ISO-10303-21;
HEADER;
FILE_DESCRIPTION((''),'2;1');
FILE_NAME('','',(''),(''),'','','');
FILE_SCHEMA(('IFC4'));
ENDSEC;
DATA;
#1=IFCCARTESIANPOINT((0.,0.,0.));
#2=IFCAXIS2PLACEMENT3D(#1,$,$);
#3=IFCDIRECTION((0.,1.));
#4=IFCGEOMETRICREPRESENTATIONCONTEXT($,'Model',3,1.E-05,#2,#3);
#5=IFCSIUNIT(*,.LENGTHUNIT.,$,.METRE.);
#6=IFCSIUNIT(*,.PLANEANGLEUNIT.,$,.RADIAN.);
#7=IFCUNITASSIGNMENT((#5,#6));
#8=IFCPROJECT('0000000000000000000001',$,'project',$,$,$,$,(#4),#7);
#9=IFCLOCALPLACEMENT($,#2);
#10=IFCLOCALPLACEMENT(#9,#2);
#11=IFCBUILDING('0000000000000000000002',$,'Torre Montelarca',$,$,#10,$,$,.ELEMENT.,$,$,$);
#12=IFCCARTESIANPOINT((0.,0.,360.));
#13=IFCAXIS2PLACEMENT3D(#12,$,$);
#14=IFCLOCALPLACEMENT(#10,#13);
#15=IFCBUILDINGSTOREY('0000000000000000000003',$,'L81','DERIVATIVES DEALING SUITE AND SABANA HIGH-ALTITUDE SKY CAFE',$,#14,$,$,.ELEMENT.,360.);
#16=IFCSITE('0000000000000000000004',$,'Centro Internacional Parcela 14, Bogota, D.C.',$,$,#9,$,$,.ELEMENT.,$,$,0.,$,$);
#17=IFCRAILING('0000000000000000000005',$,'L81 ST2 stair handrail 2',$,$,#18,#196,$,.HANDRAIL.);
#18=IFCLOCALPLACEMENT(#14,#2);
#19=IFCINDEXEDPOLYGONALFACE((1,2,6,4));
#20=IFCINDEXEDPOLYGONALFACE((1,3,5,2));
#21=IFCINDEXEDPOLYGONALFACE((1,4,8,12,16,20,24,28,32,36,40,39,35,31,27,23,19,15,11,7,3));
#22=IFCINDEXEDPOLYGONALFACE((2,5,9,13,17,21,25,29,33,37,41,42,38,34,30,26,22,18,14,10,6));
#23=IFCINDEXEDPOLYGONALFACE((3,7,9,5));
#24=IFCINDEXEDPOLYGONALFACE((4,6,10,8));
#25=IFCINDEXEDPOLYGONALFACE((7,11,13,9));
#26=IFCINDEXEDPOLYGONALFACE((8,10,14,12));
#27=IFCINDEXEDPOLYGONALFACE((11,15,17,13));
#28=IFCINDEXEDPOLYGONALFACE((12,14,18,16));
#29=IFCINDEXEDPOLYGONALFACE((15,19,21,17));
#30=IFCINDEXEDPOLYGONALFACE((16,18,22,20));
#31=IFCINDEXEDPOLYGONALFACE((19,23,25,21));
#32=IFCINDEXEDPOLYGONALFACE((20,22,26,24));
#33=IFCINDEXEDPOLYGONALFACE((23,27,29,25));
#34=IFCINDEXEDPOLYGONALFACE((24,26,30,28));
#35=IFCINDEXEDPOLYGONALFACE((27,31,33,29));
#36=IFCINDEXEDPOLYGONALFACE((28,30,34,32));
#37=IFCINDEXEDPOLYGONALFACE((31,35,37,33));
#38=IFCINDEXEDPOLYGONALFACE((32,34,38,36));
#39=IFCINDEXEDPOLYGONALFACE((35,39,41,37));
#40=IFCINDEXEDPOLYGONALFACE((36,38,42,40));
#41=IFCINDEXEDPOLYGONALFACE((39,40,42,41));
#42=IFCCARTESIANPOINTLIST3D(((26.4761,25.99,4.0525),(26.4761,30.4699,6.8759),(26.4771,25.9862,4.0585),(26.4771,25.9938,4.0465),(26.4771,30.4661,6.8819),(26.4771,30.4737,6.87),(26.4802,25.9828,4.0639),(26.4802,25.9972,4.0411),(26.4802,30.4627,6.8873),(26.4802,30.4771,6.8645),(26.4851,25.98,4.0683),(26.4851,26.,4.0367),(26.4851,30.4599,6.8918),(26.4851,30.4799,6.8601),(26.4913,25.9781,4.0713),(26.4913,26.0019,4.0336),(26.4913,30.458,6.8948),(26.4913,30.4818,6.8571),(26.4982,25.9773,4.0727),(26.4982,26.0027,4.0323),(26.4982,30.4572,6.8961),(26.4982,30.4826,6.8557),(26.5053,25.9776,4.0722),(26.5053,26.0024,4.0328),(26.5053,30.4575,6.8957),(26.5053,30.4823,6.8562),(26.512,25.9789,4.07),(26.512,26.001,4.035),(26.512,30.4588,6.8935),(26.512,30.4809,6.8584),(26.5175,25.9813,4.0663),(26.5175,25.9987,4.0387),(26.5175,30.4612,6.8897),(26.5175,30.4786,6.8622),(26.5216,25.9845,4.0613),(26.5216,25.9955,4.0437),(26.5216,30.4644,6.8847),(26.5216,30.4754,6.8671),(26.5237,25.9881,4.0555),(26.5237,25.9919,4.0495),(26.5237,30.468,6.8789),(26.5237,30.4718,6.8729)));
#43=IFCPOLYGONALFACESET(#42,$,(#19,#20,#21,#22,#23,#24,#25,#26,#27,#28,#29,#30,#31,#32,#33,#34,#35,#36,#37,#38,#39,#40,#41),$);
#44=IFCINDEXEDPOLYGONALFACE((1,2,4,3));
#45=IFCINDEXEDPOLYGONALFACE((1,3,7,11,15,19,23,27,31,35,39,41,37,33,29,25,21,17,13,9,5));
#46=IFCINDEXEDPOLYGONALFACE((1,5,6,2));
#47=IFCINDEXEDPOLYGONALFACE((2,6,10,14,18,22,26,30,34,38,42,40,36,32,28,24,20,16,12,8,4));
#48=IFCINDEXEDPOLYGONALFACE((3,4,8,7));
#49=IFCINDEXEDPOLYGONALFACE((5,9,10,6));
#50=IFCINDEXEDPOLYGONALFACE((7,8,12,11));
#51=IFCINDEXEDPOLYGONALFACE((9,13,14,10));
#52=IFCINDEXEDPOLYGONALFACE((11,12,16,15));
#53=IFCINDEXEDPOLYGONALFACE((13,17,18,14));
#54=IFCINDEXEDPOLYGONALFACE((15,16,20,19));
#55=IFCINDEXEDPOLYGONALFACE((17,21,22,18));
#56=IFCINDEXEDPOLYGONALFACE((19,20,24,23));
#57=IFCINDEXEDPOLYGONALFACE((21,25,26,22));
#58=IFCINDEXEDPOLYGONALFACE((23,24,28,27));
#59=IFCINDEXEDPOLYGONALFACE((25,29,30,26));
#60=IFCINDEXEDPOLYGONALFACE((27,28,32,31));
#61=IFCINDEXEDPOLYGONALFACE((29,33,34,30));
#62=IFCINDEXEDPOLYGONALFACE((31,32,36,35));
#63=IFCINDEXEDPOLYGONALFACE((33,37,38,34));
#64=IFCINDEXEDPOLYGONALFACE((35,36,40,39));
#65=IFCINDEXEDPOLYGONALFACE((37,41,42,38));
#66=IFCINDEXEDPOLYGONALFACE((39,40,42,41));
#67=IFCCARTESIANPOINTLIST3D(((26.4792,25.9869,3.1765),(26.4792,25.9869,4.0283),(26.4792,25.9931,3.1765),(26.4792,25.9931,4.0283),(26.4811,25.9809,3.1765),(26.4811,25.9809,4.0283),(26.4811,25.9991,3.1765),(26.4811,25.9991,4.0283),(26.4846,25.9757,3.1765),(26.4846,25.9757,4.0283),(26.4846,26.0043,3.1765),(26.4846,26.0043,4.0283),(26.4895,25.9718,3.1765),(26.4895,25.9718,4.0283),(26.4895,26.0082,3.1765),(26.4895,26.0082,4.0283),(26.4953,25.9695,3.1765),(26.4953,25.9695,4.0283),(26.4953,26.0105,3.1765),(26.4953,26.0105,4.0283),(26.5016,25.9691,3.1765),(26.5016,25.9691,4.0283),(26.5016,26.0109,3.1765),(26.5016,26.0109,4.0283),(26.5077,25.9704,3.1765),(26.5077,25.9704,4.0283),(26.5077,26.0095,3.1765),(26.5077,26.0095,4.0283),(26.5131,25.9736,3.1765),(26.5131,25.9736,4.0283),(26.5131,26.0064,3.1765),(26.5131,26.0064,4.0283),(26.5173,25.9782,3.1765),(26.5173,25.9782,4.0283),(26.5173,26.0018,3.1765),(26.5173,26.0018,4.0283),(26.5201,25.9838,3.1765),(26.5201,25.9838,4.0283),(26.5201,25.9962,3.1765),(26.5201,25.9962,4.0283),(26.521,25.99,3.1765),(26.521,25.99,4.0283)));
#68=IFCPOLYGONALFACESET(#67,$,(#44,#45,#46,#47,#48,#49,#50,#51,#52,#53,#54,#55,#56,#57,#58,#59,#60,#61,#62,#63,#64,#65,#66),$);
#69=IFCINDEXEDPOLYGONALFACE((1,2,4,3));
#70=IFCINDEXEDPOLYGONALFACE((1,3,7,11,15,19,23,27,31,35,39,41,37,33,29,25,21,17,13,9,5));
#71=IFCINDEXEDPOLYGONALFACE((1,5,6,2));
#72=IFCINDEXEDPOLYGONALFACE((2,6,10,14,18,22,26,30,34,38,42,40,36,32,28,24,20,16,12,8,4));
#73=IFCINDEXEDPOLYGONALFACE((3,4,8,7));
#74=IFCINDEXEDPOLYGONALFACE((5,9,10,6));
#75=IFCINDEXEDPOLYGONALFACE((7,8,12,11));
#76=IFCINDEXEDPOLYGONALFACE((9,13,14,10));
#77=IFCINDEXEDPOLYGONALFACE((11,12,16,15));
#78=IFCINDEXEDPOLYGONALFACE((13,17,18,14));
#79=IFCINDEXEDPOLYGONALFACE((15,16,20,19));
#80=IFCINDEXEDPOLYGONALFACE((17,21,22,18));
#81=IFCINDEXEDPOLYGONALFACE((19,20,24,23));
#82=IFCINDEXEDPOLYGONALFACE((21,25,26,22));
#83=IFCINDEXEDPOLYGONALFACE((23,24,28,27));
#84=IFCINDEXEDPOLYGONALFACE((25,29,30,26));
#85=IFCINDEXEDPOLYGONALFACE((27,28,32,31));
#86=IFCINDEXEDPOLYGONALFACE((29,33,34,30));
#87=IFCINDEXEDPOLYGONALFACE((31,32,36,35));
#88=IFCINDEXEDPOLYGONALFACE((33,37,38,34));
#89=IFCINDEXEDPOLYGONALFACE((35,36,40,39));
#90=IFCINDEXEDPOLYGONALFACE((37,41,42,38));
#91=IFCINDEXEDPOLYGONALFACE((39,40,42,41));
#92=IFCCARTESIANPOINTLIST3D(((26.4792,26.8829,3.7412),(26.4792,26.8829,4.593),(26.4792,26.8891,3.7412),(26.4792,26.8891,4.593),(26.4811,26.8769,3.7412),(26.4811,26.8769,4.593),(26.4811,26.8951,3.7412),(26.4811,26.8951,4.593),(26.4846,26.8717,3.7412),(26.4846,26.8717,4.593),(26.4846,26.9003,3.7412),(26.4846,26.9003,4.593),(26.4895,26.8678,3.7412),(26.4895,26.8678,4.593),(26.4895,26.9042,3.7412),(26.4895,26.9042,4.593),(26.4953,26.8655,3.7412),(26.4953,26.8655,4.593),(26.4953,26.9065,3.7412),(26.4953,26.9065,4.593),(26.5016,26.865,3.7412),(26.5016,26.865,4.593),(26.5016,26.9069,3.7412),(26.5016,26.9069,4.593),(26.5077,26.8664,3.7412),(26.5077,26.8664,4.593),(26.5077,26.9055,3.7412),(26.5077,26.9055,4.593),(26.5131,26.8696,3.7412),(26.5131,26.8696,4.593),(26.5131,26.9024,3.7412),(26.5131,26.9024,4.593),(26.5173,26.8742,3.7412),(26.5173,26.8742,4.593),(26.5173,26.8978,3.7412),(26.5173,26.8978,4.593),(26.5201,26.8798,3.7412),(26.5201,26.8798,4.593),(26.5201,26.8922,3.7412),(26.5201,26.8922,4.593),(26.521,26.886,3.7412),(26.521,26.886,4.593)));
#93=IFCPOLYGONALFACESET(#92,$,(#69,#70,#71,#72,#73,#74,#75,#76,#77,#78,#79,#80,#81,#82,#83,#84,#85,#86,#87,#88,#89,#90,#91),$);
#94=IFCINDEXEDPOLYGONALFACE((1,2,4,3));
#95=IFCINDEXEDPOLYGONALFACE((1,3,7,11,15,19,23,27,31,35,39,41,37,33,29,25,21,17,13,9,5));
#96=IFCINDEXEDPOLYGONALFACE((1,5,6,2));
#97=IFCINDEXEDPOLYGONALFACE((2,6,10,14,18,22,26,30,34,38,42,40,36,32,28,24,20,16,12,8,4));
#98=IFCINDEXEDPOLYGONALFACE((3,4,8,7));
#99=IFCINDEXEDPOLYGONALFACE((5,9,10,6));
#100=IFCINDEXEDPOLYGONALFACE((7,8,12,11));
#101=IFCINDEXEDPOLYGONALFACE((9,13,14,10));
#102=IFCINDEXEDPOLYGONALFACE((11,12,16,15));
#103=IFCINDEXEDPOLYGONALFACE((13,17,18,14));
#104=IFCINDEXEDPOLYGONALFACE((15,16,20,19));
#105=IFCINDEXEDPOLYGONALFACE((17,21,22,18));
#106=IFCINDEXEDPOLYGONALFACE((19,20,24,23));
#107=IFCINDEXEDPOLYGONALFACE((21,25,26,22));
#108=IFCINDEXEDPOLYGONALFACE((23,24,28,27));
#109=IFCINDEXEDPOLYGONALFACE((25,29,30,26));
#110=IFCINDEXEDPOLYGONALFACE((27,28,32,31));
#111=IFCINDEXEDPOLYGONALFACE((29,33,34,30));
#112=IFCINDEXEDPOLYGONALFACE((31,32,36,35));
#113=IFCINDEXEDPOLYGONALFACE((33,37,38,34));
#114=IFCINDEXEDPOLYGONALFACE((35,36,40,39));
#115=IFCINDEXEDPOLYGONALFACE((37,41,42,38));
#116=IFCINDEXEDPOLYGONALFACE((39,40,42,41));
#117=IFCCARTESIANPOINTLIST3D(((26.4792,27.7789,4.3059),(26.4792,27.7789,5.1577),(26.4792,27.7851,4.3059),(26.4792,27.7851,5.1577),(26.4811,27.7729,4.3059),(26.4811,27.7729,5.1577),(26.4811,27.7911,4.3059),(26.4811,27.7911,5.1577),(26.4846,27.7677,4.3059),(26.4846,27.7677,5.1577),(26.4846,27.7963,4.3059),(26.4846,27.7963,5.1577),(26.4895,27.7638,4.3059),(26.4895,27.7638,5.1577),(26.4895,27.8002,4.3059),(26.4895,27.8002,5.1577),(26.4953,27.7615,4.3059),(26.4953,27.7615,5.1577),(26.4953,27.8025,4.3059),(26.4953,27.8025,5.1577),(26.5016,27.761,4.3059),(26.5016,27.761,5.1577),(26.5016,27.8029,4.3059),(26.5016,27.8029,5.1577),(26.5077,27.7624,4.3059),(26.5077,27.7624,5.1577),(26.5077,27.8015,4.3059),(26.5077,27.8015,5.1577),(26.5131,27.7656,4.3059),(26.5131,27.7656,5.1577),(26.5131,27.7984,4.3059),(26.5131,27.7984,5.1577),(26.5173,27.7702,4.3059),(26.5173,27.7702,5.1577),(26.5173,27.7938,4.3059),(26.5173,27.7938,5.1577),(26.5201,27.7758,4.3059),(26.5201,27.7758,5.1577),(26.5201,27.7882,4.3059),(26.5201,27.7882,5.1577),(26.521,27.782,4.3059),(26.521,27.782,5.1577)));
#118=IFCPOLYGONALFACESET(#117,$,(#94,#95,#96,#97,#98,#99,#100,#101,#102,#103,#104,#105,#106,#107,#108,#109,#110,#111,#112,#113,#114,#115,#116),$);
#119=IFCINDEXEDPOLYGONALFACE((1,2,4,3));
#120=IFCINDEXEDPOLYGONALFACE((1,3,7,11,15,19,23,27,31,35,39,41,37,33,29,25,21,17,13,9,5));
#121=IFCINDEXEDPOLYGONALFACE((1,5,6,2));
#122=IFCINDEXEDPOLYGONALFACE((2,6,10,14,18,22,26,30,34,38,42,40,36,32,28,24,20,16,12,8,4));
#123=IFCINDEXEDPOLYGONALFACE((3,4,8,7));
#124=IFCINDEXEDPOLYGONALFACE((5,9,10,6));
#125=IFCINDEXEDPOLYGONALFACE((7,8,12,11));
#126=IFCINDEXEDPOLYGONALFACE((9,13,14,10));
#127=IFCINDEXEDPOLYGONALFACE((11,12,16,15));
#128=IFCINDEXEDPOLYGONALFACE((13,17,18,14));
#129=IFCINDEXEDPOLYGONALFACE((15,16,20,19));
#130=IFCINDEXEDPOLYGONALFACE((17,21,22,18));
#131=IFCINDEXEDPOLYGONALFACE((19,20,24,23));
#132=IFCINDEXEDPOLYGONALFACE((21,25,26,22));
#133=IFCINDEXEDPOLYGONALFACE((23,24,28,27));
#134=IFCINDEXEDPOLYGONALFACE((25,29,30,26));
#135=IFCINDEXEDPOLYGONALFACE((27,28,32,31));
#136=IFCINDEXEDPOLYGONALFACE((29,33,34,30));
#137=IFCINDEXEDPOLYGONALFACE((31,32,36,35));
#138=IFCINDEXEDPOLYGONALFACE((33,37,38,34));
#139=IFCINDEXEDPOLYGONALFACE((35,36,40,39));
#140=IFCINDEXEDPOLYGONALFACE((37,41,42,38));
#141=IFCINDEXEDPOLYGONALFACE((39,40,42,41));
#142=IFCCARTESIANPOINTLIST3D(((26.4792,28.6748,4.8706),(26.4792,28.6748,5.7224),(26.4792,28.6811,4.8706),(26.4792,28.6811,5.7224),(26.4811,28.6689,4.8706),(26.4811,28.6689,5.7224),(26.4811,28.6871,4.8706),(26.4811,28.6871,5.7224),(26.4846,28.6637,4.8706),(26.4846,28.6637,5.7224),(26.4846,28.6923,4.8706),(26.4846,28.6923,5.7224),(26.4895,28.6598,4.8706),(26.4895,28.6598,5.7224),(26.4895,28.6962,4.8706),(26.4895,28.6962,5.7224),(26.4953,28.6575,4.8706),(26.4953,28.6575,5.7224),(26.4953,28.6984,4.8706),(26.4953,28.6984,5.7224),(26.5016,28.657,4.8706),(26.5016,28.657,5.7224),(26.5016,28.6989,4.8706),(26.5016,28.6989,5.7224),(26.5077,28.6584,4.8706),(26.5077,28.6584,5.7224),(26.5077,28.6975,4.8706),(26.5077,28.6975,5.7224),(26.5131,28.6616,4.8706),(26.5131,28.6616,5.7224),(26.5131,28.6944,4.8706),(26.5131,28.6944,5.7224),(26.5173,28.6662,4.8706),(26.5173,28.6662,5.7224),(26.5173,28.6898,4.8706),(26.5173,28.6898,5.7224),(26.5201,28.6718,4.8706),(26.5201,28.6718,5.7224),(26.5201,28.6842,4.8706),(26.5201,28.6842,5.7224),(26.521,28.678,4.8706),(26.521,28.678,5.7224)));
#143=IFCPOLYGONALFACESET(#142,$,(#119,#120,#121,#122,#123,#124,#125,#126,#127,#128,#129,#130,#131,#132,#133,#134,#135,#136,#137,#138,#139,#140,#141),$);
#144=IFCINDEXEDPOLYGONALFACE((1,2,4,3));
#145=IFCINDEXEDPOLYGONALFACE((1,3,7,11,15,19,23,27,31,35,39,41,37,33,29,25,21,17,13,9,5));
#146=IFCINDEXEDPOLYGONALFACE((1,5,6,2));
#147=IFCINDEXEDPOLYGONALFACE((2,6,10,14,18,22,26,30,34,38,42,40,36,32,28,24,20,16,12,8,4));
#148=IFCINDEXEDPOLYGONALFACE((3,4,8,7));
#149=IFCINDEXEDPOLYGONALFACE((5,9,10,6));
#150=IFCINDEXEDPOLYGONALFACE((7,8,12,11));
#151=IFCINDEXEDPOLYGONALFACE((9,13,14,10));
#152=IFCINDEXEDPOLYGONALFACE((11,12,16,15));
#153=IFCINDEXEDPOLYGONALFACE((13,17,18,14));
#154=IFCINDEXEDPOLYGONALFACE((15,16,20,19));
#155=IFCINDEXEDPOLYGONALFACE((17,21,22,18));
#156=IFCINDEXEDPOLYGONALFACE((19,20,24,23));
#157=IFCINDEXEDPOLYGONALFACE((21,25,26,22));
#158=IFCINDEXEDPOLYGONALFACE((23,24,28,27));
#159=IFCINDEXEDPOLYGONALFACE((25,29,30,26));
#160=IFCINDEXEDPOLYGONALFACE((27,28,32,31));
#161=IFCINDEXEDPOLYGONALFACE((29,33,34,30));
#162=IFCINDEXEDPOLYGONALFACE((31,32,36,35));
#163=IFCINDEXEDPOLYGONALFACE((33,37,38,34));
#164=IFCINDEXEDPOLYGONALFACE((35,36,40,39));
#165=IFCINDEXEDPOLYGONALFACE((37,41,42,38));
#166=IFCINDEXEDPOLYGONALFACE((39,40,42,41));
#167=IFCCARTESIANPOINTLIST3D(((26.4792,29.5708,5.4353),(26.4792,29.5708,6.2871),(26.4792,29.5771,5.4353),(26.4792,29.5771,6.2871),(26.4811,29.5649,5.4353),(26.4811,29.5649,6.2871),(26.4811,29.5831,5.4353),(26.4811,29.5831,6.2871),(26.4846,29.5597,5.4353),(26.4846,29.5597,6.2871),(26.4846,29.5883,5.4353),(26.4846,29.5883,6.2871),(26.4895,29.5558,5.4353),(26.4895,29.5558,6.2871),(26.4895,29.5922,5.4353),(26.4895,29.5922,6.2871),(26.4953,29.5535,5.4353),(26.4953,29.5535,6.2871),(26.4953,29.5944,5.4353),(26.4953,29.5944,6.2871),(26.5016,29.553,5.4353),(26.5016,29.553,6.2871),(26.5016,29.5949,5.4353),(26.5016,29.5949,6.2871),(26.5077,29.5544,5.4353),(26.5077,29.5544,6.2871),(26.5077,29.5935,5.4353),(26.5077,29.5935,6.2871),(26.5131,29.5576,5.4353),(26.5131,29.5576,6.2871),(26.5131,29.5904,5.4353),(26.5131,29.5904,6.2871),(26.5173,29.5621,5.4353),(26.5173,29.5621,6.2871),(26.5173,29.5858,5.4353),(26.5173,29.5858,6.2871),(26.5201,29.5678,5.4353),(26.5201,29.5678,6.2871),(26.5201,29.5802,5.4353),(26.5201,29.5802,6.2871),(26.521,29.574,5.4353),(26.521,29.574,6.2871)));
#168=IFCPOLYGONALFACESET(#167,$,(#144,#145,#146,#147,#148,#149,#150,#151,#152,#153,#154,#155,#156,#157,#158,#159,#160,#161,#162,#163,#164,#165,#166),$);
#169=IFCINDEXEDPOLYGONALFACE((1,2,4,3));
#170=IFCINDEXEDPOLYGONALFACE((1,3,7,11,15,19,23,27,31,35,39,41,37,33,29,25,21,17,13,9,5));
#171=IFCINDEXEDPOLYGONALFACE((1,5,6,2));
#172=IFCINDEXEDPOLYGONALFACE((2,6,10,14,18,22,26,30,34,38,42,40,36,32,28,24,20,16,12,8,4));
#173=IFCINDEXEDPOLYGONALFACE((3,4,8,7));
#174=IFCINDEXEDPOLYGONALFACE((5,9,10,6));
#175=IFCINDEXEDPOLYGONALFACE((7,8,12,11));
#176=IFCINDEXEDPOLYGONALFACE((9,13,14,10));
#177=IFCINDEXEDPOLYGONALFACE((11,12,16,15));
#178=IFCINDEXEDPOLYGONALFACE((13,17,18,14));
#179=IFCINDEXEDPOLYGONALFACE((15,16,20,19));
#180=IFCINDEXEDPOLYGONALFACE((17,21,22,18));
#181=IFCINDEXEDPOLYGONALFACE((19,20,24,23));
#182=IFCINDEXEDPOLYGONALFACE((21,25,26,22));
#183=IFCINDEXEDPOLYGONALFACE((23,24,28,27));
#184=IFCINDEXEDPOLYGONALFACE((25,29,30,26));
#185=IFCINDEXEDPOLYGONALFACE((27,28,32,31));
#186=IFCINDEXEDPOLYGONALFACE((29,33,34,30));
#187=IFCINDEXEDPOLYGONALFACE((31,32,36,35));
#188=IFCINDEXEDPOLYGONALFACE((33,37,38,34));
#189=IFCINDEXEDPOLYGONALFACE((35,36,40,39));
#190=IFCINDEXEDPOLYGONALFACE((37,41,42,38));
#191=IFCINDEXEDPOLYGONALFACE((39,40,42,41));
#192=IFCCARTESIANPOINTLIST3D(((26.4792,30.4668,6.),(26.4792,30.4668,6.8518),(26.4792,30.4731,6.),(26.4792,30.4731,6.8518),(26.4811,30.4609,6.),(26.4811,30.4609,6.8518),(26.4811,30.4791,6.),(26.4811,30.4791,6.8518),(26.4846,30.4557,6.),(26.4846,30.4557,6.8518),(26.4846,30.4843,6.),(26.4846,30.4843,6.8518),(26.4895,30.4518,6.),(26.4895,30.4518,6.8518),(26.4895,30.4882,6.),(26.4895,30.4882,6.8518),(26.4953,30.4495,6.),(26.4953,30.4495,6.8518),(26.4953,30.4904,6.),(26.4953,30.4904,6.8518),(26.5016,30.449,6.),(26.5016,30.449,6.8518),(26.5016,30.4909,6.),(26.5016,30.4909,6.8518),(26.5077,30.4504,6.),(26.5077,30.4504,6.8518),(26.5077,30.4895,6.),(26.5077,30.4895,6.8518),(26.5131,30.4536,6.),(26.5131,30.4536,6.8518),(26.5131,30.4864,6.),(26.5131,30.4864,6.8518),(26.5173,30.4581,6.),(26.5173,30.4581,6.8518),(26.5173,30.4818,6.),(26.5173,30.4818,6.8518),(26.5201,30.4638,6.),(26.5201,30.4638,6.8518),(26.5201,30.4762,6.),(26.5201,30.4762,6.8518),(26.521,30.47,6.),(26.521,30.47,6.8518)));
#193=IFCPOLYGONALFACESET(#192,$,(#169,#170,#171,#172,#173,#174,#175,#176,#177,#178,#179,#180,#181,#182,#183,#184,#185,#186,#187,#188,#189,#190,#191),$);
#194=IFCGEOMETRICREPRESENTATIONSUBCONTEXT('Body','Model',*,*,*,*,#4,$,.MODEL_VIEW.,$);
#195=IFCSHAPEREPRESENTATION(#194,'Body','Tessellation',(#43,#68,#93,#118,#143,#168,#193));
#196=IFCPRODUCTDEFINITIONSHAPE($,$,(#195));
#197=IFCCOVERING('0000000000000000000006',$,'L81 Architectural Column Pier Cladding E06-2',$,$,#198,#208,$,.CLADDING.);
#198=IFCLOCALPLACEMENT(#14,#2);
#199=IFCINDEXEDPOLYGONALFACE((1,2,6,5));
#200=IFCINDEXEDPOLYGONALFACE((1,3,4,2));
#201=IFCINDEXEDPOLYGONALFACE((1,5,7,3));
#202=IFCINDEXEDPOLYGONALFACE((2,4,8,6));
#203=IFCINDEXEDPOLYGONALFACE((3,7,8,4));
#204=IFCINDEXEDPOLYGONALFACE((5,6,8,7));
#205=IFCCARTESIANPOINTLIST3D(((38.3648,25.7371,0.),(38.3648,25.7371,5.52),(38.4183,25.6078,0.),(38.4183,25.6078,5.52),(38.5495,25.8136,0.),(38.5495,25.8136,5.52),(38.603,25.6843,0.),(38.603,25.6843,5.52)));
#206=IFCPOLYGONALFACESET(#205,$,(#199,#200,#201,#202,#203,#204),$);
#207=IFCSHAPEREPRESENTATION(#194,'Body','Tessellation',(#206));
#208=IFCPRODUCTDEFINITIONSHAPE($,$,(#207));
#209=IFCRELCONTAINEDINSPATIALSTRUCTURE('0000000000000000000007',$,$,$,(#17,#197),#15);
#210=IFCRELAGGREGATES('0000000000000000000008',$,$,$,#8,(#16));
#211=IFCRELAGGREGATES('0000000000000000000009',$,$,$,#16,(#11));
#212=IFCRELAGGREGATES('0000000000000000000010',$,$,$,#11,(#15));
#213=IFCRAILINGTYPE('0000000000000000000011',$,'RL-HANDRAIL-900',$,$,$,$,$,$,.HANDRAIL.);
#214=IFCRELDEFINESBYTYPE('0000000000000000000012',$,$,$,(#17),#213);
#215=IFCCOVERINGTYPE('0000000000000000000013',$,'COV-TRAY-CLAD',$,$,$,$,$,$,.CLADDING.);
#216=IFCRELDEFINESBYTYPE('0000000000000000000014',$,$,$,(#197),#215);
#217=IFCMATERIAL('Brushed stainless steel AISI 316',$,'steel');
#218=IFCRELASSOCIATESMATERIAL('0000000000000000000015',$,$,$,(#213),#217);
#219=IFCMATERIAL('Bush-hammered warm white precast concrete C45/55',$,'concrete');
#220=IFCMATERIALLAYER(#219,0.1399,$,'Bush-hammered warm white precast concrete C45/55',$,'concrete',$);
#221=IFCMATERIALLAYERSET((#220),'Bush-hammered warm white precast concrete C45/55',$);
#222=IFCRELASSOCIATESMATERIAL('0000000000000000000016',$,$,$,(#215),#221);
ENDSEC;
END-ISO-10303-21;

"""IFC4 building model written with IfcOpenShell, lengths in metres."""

from ifc_helpers import new_model, si_unit, direction, frame, origin, origin_2d, place, context, subcontext, project, spatial, rectangle, circle, extrude, source, transform, mapped, material, layer, layer_set, type_object, element, save


model = new_model("IFC4")

# Units and contexts
model_context = context("Model", 3, precision=1e-05, world=origin(), true_north=direction((0.0, 1.0)))
body_context = subcontext(model_context, "Body", "Model", "MODEL_VIEW")
ifc_project = project(units=[si_unit("LENGTHUNIT", "METRE"), si_unit("PLANEANGLEUNIT", "RADIAN")], contexts=[model_context])

# Site, building, storey
site_placement = place(None, origin())
site = spatial("IfcSite", under=ifc_project, at=site_placement, Name="Centro Internacional Parcela 14, Bogota, D.C.", CompositionType="ELEMENT", RefElevation=0.0)
building_placement = place(site_placement, origin())
building = spatial("IfcBuilding", under=site, at=building_placement, Name="Torre Montelarca", CompositionType="ELEMENT")
storey_placement = place(building_placement, frame((0.0, 0.0, 360.0)))
storey = spatial("IfcBuildingStorey", under=building, at=storey_placement, Name="L81", Description="DERIVATIVES DEALING SUITE AND SABANA HIGH-ALTITUDE SKY CAFE", CompositionType="ELEMENT", Elevation=360.0)

# Railing
ifc_material_1 = material(Name="Brushed stainless steel AISI 316", Category="steel")
railing_type = type_object("IfcRailingType", Name="RL-HANDRAIL-900", PredefinedType="HANDRAIL", material=ifc_material_1)
railing_placement = place(storey_placement, frame((26.5, 25.99, 3.1765)))
element("IfcRailing", 1, at=railing_placement, inside=storey, type_object=railing_type, Name="L81 ST2 stair handrail 2", PredefinedType="HANDRAIL", context=body_context, shape_type="SweptSolid", body=[
    extrude(circle(Radius=0.0239, at=origin_2d()), frame((0.0, 0.0, 0.876), z_axis=(0.0, 0.845998, 0.533186), x_axis=(-1.0, 0.0, 0.0)), (0.0, 0.0, 1.0), 5.2954),
    extrude(circle(Radius=0.021, at=origin_2d()), origin(), (0.0, 0.0, 1.0), 0.8518),
    extrude(circle(Radius=0.021, at=origin_2d()), frame((0.0, 0.896, 0.5647)), (0.0, 0.0, 1.0), 0.8518),
    extrude(circle(Radius=0.021, at=origin_2d()), frame((0.0, 1.792, 1.1294)), (0.0, 0.0, 1.0), 0.8518),
    extrude(circle(Radius=0.021, at=origin_2d()), frame((0.0, 2.688, 1.6941)), (0.0, 0.0, 1.0), 0.8518),
    extrude(circle(Radius=0.021, at=origin_2d()), frame((0.0, 3.584, 2.2588)), (0.0, 0.0, 1.0), 0.8518),
    extrude(circle(Radius=0.021, at=origin_2d()), frame((0.0, 4.48, 2.8235)), (0.0, 0.0, 1.0), 0.8518),
])

# Covering
ifc_material_2 = material(Name="Bush-hammered warm white precast concrete C45/55", Category="concrete")
ifc_layer_1 = layer(ifc_material_2, 0.1399, Name="Bush-hammered warm white precast concrete C45/55", Category="concrete")
ifc_layer_set_1 = layer_set([ifc_layer_1], Name="Bush-hammered warm white precast concrete C45/55")
covering_type = type_object("IfcCoveringType", Name="COV-TRAY-CLAD", PredefinedType="CLADDING", material=ifc_layer_set_1)
shared_shape_1 = source(origin(), body_context, "Body", "SweptSolid", [
    extrude(rectangle(XDim=0.2, YDim=0.1399, at=origin_2d()), origin(), (0.0, 0.0, 1.0), 5.52),
])
for number, where, z_axis, x_axis, name in (
    (2, (38.4839, 25.7107, 0.0), (0.0, 0.0, 1.0), (0.923878, 0.382687, 0.0), "L81 Architectural Column Pier Cladding E06-2"),
):
    element("IfcCovering", number, at=place(storey_placement, frame(where, z_axis=z_axis, x_axis=x_axis)), inside=storey, type_object=covering_type, Name=name, PredefinedType="CLADDING", context=body_context, shape_type="MappedRepresentation", body=[
        mapped(shared_shape_1, transform((0.0, 0.0, 0.0), scale=1.0)),
    ])

save(model, "model.ifc")
